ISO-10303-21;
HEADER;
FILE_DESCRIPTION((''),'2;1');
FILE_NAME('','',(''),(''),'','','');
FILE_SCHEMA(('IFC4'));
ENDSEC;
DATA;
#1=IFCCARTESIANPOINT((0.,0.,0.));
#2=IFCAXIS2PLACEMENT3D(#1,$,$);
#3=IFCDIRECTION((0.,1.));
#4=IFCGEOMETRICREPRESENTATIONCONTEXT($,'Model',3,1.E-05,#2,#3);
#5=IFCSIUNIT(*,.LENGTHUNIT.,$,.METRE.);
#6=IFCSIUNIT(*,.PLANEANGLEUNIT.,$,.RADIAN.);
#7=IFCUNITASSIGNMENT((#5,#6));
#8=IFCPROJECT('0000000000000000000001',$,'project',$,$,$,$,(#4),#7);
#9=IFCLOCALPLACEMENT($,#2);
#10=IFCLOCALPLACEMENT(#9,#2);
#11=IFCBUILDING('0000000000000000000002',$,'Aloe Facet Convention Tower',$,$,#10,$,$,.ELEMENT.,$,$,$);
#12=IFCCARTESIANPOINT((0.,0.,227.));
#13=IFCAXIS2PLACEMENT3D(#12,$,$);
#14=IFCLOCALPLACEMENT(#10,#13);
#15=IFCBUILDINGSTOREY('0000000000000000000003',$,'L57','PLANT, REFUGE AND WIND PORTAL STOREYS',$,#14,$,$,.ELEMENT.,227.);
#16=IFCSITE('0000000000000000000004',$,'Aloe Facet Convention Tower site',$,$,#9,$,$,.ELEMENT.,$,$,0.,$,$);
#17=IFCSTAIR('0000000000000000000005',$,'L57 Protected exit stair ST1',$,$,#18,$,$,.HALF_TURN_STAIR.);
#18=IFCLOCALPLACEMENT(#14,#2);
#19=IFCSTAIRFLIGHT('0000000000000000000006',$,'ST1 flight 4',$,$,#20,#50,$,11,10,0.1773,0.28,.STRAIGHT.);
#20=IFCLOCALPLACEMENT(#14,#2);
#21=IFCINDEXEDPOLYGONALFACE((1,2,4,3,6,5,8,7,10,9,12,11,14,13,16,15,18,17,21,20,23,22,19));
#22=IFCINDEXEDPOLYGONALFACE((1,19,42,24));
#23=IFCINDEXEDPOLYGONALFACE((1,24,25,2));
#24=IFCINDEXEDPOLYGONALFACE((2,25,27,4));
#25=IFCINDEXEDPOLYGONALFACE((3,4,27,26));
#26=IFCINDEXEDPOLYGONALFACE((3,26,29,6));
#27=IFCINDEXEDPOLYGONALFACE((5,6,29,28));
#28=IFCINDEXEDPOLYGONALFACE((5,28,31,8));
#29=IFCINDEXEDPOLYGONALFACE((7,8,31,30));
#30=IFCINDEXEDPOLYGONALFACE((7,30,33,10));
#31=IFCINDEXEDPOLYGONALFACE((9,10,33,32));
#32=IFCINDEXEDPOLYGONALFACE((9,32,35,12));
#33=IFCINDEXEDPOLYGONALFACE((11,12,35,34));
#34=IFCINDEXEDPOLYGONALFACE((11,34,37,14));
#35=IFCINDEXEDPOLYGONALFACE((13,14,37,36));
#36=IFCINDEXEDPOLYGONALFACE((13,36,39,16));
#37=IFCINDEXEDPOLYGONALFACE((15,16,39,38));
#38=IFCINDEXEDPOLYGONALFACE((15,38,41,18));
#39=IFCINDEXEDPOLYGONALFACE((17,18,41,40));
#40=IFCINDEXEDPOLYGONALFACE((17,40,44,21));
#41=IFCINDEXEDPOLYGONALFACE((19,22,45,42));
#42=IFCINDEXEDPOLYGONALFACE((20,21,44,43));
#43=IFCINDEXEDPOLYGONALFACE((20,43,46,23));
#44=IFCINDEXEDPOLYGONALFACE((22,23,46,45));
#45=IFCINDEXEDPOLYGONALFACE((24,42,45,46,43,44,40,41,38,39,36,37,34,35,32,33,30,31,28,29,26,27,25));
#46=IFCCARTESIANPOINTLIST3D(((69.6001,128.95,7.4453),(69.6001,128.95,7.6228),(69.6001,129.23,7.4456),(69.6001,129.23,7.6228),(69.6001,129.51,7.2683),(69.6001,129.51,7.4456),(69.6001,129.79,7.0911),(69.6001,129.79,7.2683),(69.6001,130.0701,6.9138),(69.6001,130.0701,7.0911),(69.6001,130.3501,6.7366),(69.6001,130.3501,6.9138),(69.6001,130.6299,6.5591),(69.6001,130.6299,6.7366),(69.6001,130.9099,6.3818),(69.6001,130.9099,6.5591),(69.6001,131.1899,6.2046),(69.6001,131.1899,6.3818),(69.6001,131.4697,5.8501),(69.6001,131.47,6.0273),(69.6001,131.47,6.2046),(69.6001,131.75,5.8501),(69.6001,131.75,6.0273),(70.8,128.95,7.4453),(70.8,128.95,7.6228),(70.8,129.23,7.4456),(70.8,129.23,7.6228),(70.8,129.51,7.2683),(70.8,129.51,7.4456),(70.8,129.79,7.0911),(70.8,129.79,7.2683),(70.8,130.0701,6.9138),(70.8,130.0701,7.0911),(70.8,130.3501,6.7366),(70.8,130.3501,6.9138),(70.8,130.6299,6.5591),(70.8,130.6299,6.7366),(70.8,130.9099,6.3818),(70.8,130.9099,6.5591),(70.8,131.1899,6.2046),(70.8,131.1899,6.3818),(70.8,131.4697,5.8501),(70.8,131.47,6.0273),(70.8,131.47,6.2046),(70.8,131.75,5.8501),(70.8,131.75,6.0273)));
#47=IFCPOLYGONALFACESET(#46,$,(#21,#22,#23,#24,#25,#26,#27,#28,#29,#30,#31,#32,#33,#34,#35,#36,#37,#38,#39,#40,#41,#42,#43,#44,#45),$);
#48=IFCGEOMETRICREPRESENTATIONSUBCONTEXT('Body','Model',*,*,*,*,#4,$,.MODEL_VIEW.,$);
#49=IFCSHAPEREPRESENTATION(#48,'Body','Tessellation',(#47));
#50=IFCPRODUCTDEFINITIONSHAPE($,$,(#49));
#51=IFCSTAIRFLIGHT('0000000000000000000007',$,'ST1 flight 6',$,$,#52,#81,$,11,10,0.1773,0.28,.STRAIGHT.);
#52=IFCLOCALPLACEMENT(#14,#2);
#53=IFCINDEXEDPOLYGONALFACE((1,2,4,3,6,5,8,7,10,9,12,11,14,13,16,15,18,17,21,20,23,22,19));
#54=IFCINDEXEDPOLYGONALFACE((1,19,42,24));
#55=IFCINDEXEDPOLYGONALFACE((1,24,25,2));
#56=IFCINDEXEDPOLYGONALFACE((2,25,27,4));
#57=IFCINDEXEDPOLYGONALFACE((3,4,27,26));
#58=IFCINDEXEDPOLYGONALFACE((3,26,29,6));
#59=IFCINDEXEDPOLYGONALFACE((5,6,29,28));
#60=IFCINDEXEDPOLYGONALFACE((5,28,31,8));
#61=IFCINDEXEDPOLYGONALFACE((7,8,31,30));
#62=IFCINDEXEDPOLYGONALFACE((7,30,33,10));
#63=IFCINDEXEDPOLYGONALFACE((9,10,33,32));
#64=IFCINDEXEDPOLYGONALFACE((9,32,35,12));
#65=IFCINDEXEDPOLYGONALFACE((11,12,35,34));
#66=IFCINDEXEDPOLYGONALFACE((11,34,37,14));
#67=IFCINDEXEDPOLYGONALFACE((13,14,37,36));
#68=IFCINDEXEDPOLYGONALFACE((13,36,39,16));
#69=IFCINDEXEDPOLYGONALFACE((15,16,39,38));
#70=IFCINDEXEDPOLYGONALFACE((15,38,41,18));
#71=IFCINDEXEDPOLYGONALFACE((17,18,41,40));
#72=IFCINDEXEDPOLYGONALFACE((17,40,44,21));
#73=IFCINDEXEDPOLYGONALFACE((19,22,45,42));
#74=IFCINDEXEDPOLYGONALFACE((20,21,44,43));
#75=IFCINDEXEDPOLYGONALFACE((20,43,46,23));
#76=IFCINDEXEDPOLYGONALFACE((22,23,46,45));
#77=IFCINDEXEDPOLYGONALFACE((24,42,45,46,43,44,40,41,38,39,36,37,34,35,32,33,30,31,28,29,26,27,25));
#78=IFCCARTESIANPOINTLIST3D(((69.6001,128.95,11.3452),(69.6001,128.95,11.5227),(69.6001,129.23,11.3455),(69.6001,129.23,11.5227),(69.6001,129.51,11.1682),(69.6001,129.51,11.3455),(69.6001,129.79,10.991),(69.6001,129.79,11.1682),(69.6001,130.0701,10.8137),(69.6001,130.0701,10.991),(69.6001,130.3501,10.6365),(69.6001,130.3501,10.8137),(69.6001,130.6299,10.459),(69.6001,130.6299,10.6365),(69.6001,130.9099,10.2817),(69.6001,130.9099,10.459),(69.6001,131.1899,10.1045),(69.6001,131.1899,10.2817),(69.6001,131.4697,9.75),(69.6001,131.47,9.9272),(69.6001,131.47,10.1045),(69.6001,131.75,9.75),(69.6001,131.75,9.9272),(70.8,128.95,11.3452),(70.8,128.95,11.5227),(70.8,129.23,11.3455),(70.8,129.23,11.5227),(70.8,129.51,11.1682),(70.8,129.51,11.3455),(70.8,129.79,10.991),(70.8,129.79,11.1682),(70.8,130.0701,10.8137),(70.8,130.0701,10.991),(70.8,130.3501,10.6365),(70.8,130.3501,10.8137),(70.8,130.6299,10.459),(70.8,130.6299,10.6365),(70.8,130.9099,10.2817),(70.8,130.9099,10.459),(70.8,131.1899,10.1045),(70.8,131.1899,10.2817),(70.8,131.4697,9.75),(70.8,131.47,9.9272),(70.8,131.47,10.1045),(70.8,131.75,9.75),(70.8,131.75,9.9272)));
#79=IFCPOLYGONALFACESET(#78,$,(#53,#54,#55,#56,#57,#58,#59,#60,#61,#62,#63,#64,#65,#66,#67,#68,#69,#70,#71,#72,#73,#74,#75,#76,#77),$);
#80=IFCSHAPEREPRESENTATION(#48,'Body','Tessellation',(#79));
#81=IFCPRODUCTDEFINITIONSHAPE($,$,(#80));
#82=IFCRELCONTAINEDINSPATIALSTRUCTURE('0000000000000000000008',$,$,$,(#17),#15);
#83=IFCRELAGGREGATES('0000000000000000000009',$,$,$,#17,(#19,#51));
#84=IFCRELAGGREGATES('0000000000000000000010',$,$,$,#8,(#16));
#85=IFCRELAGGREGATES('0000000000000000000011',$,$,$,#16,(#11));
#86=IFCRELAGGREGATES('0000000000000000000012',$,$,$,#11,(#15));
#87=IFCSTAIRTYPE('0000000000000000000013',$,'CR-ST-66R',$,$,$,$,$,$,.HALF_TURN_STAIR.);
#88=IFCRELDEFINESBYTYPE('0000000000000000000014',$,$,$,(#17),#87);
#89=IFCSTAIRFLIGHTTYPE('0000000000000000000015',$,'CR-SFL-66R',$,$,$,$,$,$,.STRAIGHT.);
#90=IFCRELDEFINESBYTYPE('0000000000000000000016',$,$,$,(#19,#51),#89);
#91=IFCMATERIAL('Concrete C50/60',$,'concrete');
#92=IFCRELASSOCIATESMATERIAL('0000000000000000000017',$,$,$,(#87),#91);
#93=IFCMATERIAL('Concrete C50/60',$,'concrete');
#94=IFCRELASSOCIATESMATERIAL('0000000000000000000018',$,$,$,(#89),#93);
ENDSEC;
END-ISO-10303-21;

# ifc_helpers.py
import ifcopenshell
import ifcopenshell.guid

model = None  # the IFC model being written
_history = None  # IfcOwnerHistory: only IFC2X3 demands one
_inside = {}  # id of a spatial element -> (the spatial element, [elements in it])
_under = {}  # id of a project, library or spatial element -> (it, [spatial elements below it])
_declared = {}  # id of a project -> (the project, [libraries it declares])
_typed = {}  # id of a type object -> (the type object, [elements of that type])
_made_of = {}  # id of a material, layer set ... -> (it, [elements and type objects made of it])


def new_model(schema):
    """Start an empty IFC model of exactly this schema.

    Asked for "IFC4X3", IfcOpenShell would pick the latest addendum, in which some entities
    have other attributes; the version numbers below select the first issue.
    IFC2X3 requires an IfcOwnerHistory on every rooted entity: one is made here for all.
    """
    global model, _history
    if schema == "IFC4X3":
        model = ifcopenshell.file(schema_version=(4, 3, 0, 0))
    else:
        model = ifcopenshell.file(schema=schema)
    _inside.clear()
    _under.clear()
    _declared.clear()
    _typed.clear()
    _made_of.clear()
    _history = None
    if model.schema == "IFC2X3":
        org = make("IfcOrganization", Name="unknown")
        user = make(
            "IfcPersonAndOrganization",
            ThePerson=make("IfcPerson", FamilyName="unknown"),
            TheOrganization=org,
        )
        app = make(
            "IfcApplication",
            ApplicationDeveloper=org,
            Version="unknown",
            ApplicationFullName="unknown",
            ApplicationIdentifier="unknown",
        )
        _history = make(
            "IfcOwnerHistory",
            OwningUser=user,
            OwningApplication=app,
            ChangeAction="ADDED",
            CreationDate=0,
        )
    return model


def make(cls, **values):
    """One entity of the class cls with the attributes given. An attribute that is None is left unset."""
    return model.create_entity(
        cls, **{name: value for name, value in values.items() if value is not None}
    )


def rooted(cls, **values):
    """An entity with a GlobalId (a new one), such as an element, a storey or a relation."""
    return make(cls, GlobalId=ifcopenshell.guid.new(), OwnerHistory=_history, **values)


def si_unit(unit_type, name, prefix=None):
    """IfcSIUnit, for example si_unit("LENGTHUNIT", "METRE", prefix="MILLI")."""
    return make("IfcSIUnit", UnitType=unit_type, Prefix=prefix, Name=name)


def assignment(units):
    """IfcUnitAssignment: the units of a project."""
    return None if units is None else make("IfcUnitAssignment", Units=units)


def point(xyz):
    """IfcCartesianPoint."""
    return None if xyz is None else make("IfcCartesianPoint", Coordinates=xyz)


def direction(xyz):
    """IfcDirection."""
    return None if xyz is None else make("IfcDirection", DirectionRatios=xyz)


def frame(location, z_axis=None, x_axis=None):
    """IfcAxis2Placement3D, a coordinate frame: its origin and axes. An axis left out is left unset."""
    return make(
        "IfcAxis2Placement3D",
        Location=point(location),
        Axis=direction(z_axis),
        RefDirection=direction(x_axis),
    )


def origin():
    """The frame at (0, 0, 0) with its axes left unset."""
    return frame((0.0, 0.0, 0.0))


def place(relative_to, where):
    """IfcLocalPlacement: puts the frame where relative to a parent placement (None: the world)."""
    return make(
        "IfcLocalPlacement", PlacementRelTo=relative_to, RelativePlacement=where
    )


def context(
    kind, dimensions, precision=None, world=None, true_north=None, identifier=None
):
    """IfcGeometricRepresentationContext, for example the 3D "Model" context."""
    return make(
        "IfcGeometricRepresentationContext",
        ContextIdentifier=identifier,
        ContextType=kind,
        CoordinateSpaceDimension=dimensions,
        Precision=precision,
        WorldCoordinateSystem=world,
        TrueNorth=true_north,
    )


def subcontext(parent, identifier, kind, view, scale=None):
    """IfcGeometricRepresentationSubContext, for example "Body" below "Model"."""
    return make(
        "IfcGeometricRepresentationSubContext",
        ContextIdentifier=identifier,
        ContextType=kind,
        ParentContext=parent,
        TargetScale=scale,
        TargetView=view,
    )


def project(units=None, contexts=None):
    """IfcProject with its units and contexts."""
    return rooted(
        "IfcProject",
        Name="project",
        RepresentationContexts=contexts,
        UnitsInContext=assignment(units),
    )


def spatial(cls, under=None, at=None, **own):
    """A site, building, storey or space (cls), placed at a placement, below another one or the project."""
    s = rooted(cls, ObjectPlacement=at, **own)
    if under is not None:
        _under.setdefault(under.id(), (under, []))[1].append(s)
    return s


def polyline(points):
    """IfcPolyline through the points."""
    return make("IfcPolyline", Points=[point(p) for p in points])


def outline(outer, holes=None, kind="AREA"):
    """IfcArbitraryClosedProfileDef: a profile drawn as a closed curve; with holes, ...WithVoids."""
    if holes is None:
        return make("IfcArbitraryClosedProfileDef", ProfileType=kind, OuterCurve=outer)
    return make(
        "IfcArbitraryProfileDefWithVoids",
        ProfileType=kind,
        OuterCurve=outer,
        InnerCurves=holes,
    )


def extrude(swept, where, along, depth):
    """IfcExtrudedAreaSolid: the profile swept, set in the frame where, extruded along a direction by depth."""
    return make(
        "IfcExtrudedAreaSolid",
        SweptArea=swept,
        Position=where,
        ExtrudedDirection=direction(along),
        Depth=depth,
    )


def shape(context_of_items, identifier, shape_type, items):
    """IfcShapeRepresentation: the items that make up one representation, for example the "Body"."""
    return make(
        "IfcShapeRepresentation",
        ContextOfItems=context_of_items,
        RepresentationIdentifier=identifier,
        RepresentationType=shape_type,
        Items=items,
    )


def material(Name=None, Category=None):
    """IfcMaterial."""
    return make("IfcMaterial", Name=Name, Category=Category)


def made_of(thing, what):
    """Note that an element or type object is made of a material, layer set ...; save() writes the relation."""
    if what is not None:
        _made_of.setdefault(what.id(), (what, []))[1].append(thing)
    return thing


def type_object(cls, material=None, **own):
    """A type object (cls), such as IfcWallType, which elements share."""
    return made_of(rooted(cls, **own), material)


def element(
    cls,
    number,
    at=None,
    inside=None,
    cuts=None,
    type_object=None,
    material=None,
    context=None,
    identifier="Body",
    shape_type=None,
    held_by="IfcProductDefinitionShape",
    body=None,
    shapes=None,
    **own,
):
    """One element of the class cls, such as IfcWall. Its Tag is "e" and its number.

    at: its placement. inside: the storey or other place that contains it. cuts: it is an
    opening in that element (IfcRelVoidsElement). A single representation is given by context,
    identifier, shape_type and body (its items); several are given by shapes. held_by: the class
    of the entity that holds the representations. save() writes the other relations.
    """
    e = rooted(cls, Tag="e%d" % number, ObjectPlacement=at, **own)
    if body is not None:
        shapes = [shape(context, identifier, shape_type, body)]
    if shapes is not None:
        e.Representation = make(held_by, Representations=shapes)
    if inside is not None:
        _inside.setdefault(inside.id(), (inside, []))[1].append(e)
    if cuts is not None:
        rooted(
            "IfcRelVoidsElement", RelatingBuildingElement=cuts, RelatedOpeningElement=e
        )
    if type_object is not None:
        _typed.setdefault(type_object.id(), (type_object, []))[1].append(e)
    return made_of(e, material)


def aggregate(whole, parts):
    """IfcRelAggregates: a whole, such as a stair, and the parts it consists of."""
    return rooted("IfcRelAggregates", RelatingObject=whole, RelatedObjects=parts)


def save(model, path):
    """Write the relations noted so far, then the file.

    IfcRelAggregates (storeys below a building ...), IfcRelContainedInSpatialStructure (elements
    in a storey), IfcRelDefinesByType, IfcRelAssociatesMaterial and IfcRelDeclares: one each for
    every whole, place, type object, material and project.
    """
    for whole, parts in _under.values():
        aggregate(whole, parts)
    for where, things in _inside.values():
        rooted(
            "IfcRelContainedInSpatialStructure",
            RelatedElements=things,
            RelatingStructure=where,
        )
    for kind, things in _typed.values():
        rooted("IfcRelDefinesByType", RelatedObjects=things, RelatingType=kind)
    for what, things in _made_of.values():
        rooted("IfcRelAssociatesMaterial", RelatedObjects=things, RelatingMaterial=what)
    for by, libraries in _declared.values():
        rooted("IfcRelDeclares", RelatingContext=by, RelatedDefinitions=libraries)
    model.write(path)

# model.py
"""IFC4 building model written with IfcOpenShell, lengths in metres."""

from ifc_helpers import new_model, si_unit, direction, frame, origin, place, context, subcontext, project, spatial, polyline, outline, extrude, material, type_object, element, aggregate, save


model = new_model("IFC4")

# Units and contexts
model_context = context("Model", 3, precision=1e-05, world=origin(), true_north=direction((0.0, 1.0)))
body_context = subcontext(model_context, "Body", "Model", "MODEL_VIEW")
ifc_project = project(units=[si_unit("LENGTHUNIT", "METRE"), si_unit("PLANEANGLEUNIT", "RADIAN")], contexts=[model_context])

# Site, building, storey
site_placement = place(None, origin())
site = spatial("IfcSite", under=ifc_project, at=site_placement, Name="Aloe Facet Convention Tower site", CompositionType="ELEMENT", RefElevation=0.0)
building_placement = place(site_placement, origin())
building = spatial("IfcBuilding", under=site, at=building_placement, Name="Aloe Facet Convention Tower", CompositionType="ELEMENT")
storey_placement = place(building_placement, frame((0.0, 0.0, 227.0)))
storey = spatial("IfcBuildingStorey", under=building, at=storey_placement, Name="L57", Description="PLANT, REFUGE AND WIND PORTAL STOREYS", CompositionType="ELEMENT", Elevation=227.0)

# Stair, stair flights
ifc_material_1 = material(Name="Concrete C50/60", Category="concrete")
stair_type = type_object("IfcStairType", Name="CR-ST-66R", PredefinedType="HALF_TURN_STAIR", material=ifc_material_1)
stair_placement = place(storey_placement, origin())
stair = element("IfcStair", 1, at=stair_placement, inside=storey, type_object=stair_type, Name="L57 Protected exit stair ST1", PredefinedType="HALF_TURN_STAIR")
ifc_material_2 = material(Name="Concrete C50/60", Category="concrete")
stair_flight_type = type_object("IfcStairFlightType", Name="CR-SFL-66R", PredefinedType="STRAIGHT", material=ifc_material_2)
stair_flight_1_placement = place(storey_placement, frame((70.2, 131.75, 5.8501), z_axis=(0.0, 0.0, 1.0), x_axis=(0.0, -1.0, 0.0)))
stair_flight_1 = element("IfcStairFlight", 2, at=stair_flight_1_placement, type_object=stair_flight_type, Name="ST1 flight 4", NumberOfRisers=11, NumberOfTreads=10, PredefinedType="STRAIGHT", RiserHeight=0.1773, TreadLength=0.28, context=body_context, shape_type="SweptSolid", body=[
    extrude(outline(polyline([(0.0, 0.0), (0.0, 0.1772), (0.28, 0.1772), (0.28, 0.3545), (0.5601, 0.3545), (0.5601, 0.5317), (0.8401, 0.5317), (0.8401, 0.709), (1.1201, 0.709), (1.1201, 0.8865), (1.3999, 0.8865), (1.3999, 1.0637), (1.6799, 1.0637), (1.6799, 1.241), (1.96, 1.241), (1.96, 1.4182), (2.24, 1.4182), (2.24, 1.5955), (2.52, 1.5955), (2.52, 1.7727), (2.8, 1.7727), (2.8, 1.95), (2.8, 1.5952), (0.2803, 0.0), (0.0, 0.0)])), frame((0.0, 0.6001, 0.0), z_axis=(0.0, -1.0, 0.0), x_axis=(1.0, 0.0, 0.0)), (0.0, 0.0, 1.0), 1.2),
])
stair_flight_2_placement = place(storey_placement, frame((70.2, 131.75, 9.75), z_axis=(0.0, 0.0, 1.0), x_axis=(0.0, -1.0, 0.0)))
stair_flight_2 = element("IfcStairFlight", 3, at=stair_flight_2_placement, type_object=stair_flight_type, Name="ST1 flight 6", NumberOfRisers=11, NumberOfTreads=10, PredefinedType="STRAIGHT", RiserHeight=0.1773, TreadLength=0.28, context=body_context, shape_type="SweptSolid", body=[
    extrude(outline(polyline([(0.0, 0.0), (0.0, 0.1772), (0.28, 0.1772), (0.28, 0.3545), (0.5601, 0.3545), (0.5601, 0.5317), (0.8401, 0.5317), (0.8401, 0.709), (1.1201, 0.709), (1.1201, 0.8865), (1.3999, 0.8865), (1.3999, 1.0637), (1.6799, 1.0637), (1.6799, 1.241), (1.96, 1.241), (1.96, 1.4182), (2.24, 1.4182), (2.24, 1.5955), (2.52, 1.5955), (2.52, 1.7727), (2.8, 1.7727), (2.8, 1.95), (2.8, 1.5952), (0.2803, 0.0), (0.0, 0.0)])), frame((0.0, 0.6001, 0.0), z_axis=(0.0, -1.0, 0.0), x_axis=(1.0, 0.0, 0.0)), (0.0, 0.0, 1.0), 1.2),
])
aggregate(stair, [stair_flight_1, stair_flight_2])

save(model, "model.ifc")
